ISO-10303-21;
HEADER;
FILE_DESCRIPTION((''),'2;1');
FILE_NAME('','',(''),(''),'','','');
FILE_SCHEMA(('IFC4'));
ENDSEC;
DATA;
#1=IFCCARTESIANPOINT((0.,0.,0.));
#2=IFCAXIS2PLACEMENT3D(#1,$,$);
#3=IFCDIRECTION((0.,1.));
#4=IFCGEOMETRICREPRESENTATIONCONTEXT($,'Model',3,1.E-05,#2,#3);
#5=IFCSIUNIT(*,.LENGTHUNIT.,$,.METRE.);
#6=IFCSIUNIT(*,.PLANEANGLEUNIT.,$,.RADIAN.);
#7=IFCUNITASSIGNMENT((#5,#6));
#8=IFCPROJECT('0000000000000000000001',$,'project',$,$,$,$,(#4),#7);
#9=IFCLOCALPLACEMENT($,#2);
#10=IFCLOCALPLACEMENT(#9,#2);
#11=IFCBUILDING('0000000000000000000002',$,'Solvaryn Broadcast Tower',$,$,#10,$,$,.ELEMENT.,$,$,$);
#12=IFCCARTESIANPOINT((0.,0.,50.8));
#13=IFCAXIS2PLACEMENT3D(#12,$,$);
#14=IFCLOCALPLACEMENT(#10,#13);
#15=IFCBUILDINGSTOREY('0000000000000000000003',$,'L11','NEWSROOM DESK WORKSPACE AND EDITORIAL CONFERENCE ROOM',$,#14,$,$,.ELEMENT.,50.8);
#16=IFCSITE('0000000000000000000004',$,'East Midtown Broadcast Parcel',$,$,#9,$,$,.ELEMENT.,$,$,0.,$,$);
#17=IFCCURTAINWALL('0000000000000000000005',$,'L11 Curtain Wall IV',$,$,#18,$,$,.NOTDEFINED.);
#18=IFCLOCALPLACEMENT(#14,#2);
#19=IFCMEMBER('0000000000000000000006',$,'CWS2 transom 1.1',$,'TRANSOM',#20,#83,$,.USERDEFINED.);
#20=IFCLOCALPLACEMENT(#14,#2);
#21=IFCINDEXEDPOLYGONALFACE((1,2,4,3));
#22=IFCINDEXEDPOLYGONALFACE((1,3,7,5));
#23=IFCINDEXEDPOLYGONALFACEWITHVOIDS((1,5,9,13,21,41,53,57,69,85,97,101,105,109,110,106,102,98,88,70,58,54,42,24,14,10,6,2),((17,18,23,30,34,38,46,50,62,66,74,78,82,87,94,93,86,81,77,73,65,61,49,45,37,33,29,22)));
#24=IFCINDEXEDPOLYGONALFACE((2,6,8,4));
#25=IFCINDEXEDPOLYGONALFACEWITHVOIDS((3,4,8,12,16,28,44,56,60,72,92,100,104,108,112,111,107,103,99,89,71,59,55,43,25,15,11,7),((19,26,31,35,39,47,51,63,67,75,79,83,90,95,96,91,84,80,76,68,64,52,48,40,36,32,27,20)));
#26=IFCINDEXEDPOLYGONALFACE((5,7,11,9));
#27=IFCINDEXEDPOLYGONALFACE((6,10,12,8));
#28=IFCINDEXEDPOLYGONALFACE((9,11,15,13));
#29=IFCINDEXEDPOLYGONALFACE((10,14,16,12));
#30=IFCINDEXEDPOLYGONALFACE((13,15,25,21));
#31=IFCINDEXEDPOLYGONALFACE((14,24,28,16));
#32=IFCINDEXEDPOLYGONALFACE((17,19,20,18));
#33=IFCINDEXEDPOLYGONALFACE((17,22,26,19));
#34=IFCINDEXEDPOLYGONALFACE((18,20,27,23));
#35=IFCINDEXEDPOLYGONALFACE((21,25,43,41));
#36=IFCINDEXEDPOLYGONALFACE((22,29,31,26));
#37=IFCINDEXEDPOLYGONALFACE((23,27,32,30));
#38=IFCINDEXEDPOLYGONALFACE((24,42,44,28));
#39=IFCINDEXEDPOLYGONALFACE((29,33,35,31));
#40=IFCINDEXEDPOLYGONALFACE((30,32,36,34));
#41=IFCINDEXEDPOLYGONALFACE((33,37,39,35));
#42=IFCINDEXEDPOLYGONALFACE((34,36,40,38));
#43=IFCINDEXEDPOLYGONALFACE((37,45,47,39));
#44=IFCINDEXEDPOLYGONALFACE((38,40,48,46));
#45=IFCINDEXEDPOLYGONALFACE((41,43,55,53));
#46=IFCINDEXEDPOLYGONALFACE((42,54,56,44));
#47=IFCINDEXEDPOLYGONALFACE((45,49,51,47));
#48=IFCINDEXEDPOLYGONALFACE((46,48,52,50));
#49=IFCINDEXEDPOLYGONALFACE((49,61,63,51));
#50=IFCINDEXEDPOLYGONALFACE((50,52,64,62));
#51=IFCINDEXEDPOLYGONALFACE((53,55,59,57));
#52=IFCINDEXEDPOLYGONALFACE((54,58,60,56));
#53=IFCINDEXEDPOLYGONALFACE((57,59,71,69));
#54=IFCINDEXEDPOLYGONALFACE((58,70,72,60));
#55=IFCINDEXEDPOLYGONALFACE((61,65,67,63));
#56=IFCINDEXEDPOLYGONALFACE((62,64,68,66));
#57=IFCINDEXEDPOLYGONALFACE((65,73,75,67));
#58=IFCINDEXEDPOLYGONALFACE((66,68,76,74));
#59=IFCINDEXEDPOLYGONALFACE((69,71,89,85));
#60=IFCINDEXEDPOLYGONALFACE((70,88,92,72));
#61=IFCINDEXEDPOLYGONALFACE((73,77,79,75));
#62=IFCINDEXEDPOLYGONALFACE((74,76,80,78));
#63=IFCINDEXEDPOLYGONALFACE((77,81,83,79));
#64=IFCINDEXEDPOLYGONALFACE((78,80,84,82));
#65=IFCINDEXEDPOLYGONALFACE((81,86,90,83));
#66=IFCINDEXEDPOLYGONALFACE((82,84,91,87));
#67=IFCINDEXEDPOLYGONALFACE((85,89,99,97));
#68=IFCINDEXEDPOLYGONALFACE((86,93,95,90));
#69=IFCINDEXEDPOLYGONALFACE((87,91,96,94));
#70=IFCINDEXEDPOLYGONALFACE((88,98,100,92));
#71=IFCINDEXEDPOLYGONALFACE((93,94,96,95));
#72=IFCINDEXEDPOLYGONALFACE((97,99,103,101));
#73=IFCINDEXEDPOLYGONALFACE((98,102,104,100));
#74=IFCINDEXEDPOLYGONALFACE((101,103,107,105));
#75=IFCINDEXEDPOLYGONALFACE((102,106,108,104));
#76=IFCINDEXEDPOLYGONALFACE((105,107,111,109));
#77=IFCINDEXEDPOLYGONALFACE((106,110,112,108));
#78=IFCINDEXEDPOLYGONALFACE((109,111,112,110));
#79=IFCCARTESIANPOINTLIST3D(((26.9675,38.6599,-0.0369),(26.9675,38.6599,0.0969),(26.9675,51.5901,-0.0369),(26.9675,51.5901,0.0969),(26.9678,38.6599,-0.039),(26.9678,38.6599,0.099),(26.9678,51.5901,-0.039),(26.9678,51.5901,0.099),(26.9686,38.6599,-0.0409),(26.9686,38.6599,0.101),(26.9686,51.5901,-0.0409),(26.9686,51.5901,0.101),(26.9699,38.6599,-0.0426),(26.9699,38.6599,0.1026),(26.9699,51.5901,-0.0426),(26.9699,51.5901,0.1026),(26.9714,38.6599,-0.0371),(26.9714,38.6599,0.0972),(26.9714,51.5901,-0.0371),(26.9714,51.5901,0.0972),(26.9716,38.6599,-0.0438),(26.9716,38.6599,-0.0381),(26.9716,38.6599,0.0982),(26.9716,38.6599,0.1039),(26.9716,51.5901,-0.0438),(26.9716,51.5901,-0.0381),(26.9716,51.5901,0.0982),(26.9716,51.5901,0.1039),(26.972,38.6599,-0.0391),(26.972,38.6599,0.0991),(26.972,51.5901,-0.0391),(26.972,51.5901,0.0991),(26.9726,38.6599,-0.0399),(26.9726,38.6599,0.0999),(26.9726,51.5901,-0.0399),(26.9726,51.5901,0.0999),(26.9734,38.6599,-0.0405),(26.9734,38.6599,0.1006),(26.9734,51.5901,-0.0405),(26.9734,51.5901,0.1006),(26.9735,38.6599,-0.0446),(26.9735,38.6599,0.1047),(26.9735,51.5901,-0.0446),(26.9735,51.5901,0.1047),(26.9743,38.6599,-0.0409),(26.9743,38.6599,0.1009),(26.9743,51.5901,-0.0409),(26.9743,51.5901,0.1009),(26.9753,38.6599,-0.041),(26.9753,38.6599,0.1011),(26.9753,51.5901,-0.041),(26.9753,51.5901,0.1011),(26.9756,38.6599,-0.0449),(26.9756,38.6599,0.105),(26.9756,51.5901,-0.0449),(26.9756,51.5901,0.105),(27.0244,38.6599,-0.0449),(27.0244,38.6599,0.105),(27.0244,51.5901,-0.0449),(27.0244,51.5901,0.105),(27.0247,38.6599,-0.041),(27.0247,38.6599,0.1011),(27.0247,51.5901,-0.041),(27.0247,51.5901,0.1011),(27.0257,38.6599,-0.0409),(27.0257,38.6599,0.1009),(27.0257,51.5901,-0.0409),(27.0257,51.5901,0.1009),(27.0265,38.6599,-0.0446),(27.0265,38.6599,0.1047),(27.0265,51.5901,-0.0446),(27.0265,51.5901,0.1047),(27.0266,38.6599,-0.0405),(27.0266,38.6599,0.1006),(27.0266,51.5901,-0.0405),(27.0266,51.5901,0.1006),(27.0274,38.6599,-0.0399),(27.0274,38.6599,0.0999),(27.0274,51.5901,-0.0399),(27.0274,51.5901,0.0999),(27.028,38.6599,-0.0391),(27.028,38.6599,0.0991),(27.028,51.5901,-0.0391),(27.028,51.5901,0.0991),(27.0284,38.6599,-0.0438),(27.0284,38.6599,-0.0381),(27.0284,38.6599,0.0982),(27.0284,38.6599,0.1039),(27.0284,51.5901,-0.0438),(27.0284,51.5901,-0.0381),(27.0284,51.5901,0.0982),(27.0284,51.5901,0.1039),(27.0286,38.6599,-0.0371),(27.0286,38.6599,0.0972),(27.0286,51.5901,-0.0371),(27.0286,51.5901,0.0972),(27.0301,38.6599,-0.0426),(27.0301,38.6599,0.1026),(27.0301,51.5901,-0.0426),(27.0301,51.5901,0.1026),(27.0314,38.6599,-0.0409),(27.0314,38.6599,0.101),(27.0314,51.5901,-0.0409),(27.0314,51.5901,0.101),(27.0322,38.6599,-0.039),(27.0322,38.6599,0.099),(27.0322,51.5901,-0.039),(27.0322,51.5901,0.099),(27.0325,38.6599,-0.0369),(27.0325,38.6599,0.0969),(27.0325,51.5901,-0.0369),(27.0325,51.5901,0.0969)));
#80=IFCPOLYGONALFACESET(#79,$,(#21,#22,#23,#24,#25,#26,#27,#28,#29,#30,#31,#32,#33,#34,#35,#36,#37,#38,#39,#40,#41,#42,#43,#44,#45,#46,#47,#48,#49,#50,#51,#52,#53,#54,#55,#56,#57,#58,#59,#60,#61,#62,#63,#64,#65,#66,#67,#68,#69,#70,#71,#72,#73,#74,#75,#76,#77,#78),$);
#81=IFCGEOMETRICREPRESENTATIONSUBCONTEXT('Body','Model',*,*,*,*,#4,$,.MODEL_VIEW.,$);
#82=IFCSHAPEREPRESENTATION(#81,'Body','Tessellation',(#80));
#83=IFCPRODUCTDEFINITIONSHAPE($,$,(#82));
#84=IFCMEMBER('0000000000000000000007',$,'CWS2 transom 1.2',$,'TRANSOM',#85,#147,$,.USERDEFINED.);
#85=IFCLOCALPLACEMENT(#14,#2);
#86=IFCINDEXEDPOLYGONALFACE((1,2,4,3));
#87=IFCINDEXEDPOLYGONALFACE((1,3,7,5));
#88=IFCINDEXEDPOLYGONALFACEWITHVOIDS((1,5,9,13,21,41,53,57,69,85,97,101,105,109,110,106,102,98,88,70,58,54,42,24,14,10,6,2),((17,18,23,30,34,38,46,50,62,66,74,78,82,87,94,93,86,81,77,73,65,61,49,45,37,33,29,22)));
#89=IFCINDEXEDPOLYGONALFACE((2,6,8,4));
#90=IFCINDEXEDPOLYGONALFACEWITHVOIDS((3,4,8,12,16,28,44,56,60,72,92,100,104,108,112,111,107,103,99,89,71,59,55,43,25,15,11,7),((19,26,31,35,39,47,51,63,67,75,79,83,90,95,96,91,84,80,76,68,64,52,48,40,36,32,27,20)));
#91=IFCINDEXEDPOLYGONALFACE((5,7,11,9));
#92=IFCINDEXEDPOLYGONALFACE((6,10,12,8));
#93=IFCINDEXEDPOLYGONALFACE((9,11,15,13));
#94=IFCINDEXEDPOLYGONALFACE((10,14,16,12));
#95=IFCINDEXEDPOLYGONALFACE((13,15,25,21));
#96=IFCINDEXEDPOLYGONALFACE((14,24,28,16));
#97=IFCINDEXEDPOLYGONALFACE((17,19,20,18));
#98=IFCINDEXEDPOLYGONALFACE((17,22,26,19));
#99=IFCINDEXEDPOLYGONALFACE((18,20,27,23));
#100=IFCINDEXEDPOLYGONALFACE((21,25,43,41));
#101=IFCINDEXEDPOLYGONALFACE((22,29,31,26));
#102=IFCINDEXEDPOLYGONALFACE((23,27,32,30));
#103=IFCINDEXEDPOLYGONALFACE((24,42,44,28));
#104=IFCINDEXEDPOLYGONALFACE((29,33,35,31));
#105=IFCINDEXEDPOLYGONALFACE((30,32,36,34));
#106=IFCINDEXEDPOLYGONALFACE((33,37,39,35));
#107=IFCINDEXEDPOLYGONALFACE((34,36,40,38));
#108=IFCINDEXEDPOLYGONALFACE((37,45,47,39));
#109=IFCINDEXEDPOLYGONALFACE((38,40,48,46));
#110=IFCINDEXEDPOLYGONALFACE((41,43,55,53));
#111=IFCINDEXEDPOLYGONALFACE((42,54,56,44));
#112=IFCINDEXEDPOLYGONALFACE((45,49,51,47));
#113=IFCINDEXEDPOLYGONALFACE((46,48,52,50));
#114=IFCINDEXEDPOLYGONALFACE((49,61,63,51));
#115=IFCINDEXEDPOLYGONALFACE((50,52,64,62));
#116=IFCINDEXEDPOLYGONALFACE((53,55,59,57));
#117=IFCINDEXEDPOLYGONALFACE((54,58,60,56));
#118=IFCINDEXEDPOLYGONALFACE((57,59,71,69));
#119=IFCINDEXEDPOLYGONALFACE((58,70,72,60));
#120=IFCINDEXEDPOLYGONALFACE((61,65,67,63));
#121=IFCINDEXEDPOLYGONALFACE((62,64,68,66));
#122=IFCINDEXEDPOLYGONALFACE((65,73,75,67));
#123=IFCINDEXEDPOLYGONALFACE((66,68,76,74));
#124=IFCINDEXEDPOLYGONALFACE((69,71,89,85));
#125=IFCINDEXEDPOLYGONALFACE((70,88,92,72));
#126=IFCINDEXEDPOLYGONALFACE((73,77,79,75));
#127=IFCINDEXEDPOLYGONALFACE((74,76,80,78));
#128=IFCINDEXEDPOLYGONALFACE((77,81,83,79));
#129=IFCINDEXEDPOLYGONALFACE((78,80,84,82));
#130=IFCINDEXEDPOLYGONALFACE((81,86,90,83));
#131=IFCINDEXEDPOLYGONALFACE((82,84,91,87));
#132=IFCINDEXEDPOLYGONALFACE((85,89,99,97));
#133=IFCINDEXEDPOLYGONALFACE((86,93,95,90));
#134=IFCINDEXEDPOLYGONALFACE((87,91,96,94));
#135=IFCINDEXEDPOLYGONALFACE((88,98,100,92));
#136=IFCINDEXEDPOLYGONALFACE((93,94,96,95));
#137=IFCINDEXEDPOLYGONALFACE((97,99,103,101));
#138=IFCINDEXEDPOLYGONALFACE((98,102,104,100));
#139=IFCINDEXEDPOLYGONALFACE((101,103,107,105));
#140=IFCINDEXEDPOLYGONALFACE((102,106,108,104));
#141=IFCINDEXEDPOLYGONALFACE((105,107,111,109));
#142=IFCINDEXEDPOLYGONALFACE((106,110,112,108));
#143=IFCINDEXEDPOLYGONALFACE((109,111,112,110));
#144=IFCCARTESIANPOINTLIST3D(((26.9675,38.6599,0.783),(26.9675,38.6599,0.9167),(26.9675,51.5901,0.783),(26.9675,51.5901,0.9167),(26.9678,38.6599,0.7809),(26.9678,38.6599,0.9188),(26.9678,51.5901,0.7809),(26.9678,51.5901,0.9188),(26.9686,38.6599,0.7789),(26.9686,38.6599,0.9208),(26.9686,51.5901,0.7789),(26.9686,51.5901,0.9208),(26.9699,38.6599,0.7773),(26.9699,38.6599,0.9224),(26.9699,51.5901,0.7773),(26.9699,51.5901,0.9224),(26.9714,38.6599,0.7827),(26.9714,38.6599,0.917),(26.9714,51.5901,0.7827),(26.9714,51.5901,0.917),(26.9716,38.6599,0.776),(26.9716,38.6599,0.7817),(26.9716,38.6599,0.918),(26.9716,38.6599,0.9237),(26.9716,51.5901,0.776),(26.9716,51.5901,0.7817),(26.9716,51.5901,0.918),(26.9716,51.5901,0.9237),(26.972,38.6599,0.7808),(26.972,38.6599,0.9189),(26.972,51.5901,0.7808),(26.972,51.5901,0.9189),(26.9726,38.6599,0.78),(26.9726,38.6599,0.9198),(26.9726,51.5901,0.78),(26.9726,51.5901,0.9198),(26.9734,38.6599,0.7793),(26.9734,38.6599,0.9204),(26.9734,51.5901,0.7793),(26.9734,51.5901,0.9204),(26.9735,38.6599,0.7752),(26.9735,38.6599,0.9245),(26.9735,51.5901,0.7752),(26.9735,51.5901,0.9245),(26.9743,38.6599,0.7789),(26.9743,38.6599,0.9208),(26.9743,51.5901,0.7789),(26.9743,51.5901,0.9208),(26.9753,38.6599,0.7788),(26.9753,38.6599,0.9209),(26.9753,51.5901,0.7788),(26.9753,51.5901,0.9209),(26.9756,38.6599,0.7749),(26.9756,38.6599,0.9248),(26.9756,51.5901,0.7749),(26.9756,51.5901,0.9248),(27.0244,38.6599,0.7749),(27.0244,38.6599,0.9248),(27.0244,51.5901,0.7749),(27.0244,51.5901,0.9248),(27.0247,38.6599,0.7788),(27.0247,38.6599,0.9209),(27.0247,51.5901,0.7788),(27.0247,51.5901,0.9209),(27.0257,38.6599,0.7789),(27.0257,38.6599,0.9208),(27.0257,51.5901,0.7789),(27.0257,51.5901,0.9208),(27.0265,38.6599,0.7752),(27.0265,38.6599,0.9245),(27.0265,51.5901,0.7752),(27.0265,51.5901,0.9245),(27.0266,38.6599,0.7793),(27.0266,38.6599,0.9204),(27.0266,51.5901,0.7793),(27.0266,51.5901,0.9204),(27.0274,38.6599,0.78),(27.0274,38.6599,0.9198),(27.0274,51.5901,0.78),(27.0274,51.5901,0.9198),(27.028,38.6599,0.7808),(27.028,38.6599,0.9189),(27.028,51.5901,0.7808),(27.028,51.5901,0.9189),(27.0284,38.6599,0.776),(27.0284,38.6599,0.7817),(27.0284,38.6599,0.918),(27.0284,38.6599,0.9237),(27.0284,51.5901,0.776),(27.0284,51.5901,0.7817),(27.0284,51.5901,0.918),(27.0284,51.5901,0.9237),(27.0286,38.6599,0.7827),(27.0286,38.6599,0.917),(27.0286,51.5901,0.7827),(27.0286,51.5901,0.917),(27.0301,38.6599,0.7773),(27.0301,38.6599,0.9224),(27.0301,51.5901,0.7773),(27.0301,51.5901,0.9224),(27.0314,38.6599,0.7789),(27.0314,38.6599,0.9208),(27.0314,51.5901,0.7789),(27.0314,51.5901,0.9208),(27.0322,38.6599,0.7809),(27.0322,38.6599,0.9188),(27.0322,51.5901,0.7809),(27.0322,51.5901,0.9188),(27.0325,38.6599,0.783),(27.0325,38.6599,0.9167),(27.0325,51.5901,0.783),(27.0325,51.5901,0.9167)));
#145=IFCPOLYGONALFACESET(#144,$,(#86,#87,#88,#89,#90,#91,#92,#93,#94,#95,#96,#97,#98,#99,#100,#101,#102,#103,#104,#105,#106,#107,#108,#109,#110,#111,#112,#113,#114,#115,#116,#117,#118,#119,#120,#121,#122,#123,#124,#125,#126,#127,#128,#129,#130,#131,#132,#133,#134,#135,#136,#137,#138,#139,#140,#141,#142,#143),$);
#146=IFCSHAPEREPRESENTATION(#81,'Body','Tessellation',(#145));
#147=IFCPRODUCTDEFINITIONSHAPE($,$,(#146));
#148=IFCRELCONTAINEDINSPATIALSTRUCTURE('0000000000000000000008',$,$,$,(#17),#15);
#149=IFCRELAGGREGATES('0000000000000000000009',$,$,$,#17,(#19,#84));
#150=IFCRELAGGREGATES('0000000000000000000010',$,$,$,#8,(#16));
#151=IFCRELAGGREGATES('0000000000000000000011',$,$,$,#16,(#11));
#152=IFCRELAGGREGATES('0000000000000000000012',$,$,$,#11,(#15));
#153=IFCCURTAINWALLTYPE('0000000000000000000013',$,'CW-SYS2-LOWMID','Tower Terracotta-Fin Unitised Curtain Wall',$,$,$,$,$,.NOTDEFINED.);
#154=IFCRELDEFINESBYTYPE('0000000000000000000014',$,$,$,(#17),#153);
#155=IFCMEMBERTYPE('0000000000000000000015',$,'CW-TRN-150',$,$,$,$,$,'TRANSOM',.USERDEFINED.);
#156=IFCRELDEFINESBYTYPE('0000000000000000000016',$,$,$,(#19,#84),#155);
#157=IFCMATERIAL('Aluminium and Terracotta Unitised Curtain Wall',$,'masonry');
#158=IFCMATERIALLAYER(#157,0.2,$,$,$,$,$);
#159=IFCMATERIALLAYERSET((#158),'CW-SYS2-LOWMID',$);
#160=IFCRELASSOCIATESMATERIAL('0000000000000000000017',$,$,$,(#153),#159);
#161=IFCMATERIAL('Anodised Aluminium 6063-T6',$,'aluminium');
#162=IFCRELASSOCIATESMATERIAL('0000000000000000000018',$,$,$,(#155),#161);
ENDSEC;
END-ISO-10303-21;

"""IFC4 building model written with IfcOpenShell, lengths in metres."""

from ifc_helpers import new_model, si_unit, direction, frame, origin, origin_2d, place, context, subcontext, project, spatial, hollow_rectangle, extrude, material, layer, layer_set, material_profile, profile_set, type_object, element, aggregate, save


model = new_model("IFC4")

# Units and contexts
model_context = context("Model", 3, precision=1e-05, world=origin(), true_north=direction((0.0, 1.0)))
body_context = subcontext(model_context, "Body", "Model", "MODEL_VIEW")
ifc_project = project(units=[si_unit("LENGTHUNIT", "METRE"), si_unit("PLANEANGLEUNIT", "RADIAN")], contexts=[model_context])

# Site, building, storey
site_placement = place(None, origin())
site = spatial("IfcSite", under=ifc_project, at=site_placement, Name="East Midtown Broadcast Parcel", CompositionType="ELEMENT", RefElevation=0.0)
building_placement = place(site_placement, origin())
building = spatial("IfcBuilding", under=site, at=building_placement, Name="Solvaryn Broadcast Tower", CompositionType="ELEMENT")
storey_placement = place(building_placement, frame((0.0, 0.0, 50.8)))
storey = spatial("IfcBuildingStorey", under=building, at=storey_placement, Name="L11", Description="NEWSROOM DESK WORKSPACE AND EDITORIAL CONFERENCE ROOM", CompositionType="ELEMENT", Elevation=50.8)

# Curtain wall
ifc_material_1 = material(Name="Aluminium and Terracotta Unitised Curtain Wall", Category="masonry")
ifc_layer_1 = layer(ifc_material_1, 0.2)
ifc_layer_set_1 = layer_set([ifc_layer_1], Name="CW-SYS2-LOWMID")
curtain_wall_type = type_object("IfcCurtainWallType", Name="CW-SYS2-LOWMID", Description="Tower Terracotta-Fin Unitised Curtain Wall", PredefinedType="NOTDEFINED", material=ifc_layer_set_1)
curtain_wall_1_placement = place(storey_placement, origin())
curtain_wall_1 = element("IfcCurtainWall", 1, at=curtain_wall_1_placement, inside=storey, type_object=curtain_wall_type, Name="L11 Curtain Wall IV", PredefinedType="NOTDEFINED")

# Members
ifc_material_2 = material(Name="Anodised Aluminium 6063-T6", Category="aluminium")
ifc_material_profile_1 = material_profile(ifc_material_2, hollow_rectangle(XDim=0.0649, YDim=0.1499, WallThickness=0.0039, InnerFilletRadius=0.0039, OuterFilletRadius=0.0081, at=origin_2d()))
ifc_profile_set_1 = profile_set([ifc_material_profile_1], Name="Anodised Aluminium 6063-T6")
member_type_1 = type_object("IfcMemberType", Name="CW-TRN-150", ElementType="TRANSOM", PredefinedType="USERDEFINED", material=ifc_profile_set_1)
member_1_placement = place(storey_placement, frame((27.0, 51.5901, 0.03), z_axis=(0.0, -1.0, 0.0), x_axis=(1.0, 0.0, 0.0)))
member_1 = element("IfcMember", 2, at=member_1_placement, type_object=member_type_1, Name="CWS2 transom 1.1", ObjectType="TRANSOM", PredefinedType="USERDEFINED", context=body_context, shape_type="SweptSolid", body=[
    extrude(hollow_rectangle(XDim=0.0649, YDim=0.1499, WallThickness=0.0039, InnerFilletRadius=0.0039, OuterFilletRadius=0.0081, at=origin_2d()), origin(), (0.0, 0.0, 1.0), 12.9302),
])
member_2_placement = place(storey_placement, frame((27.0, 51.5901, 0.8499), z_axis=(0.0, -1.0, 0.0), x_axis=(1.0, 0.0, 0.0)))
member_2 = element("IfcMember", 3, at=member_2_placement, type_object=member_type_1, Name="CWS2 transom 1.2", ObjectType="TRANSOM", PredefinedType="USERDEFINED", context=body_context, shape_type="SweptSolid", body=[
    extrude(hollow_rectangle(XDim=0.0649, YDim=0.1499, WallThickness=0.0039, InnerFilletRadius=0.0039, OuterFilletRadius=0.0081, at=origin_2d()), origin(), (0.0, 0.0, 1.0), 12.9302),
])

aggregate(curtain_wall_1, [member_1, member_2])

save(model, "model.ifc")
